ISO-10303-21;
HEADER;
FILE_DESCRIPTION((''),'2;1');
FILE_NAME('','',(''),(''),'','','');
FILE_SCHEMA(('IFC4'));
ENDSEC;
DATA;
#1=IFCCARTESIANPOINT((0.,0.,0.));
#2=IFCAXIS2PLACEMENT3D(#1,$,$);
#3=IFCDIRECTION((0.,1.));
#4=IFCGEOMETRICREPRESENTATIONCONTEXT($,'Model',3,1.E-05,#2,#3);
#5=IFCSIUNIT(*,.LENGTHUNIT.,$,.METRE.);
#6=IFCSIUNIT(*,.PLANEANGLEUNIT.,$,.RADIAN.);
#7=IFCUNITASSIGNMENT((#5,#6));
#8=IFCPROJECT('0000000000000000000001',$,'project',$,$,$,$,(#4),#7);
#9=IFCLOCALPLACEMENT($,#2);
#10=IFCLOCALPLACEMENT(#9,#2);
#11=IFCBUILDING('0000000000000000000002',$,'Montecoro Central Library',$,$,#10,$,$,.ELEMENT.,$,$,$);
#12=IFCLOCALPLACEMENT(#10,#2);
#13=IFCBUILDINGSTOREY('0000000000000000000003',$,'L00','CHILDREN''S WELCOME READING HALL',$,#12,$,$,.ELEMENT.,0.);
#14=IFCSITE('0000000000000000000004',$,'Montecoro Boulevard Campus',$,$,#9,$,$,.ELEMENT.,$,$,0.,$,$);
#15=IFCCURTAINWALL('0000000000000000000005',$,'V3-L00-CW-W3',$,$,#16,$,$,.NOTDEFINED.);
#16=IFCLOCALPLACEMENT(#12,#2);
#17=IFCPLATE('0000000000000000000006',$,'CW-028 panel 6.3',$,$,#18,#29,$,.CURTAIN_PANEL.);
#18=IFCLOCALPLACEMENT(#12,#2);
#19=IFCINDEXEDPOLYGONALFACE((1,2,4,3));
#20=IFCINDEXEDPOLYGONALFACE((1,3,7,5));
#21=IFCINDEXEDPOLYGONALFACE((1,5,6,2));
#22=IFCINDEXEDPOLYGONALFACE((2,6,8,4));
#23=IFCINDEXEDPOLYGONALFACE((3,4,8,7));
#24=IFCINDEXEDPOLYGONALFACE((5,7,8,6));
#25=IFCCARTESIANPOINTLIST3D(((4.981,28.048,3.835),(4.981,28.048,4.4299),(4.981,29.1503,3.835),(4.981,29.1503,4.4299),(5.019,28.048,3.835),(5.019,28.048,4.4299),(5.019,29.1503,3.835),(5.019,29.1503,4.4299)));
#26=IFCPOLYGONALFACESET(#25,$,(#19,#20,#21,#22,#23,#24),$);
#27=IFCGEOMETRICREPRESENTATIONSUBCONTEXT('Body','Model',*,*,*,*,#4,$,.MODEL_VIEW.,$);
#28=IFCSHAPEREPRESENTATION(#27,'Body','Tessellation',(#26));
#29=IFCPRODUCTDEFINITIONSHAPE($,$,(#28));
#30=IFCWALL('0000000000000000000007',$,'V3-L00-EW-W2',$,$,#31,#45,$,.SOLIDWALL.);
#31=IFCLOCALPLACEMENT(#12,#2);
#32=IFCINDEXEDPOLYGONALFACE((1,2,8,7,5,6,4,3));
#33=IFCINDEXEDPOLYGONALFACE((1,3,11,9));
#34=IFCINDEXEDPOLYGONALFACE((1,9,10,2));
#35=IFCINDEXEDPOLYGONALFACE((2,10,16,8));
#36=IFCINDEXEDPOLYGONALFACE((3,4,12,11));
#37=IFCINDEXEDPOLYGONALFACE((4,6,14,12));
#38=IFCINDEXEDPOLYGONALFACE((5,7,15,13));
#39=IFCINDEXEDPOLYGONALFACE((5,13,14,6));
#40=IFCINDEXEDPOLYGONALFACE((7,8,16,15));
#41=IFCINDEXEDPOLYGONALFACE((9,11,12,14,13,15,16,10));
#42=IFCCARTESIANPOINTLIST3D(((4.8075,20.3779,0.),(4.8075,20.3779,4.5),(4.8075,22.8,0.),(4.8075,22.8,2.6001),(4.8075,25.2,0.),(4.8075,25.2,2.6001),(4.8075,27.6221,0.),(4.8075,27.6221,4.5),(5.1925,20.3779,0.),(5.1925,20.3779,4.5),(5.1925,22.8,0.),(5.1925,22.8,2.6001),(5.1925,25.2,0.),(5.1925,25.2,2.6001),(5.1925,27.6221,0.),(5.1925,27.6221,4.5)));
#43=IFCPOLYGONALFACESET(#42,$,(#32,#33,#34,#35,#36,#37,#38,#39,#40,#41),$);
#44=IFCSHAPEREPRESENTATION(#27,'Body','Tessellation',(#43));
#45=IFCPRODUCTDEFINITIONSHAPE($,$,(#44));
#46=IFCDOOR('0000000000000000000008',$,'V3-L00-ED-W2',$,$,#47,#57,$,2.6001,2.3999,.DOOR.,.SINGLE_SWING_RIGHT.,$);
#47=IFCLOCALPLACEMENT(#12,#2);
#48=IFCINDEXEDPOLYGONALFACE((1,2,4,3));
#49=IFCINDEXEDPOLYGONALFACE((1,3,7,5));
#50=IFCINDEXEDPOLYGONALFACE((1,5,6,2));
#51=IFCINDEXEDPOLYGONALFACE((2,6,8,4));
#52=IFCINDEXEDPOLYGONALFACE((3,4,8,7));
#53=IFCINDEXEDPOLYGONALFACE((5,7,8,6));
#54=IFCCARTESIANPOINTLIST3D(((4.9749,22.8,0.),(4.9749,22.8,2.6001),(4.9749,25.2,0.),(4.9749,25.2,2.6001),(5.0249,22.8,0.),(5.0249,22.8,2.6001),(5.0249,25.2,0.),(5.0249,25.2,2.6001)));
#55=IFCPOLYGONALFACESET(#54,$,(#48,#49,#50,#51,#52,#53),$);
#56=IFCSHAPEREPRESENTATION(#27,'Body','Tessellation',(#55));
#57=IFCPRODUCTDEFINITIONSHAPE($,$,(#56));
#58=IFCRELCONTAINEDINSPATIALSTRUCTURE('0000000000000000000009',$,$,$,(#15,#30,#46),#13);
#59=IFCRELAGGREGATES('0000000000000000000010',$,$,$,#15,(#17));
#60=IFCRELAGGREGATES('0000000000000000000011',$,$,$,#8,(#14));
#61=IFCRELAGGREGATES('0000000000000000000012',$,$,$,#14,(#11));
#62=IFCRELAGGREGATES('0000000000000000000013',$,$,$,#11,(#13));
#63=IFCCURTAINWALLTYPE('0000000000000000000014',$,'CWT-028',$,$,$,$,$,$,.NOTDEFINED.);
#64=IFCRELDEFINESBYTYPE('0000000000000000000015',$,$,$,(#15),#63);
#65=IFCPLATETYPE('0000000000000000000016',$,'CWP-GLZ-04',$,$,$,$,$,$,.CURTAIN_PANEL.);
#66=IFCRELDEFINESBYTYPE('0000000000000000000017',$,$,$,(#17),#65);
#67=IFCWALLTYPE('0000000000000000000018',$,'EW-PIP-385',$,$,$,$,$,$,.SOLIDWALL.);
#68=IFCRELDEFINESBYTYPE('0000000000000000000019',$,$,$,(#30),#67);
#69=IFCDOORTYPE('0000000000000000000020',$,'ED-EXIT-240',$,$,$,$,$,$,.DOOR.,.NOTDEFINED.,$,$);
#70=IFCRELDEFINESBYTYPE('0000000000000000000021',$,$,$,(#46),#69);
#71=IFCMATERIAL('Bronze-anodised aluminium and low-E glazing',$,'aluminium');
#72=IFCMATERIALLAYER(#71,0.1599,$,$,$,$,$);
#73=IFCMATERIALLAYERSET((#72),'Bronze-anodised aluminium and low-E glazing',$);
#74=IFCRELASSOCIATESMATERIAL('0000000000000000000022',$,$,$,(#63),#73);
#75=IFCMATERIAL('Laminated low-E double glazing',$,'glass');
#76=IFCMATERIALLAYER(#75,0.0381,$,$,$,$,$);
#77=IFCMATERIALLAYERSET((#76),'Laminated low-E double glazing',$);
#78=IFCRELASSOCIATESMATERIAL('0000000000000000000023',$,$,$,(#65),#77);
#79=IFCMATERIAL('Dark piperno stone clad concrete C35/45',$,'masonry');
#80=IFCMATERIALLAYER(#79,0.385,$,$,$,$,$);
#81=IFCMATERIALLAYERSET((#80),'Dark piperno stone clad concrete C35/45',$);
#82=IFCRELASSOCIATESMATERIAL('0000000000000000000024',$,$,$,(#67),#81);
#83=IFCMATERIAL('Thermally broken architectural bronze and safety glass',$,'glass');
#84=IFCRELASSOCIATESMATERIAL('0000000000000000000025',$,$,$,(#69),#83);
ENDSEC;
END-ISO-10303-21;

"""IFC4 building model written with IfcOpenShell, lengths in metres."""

from ifc_helpers import new_model, si_unit, direction, frame, frame_2d, origin, origin_2d, place, context, subcontext, project, spatial, rectangle, extrude, material, layer, layer_set, type_object, element, fill, aggregate, save


model = new_model("IFC4")

# Units and contexts
model_context = context("Model", 3, precision=1e-05, world=origin(), true_north=direction((0.0, 1.0)))
body_context = subcontext(model_context, "Body", "Model", "MODEL_VIEW")
ifc_project = project(units=[si_unit("LENGTHUNIT", "METRE"), si_unit("PLANEANGLEUNIT", "RADIAN")], contexts=[model_context])

# Site, building, storey
site_placement = place(None, origin())
site = spatial("IfcSite", under=ifc_project, at=site_placement, Name="Montecoro Boulevard Campus", CompositionType="ELEMENT", RefElevation=0.0)
building_placement = place(site_placement, origin())
building = spatial("IfcBuilding", under=site, at=building_placement, Name="Montecoro Central Library", CompositionType="ELEMENT")
storey_placement = place(building_placement, origin())
storey = spatial("IfcBuildingStorey", under=building, at=storey_placement, Name="L00", Description="CHILDREN'S WELCOME READING HALL", CompositionType="ELEMENT", Elevation=0.0)

# Curtain wall, plate
ifc_material_1 = material(Name="Bronze-anodised aluminium and low-E glazing", Category="aluminium")
ifc_layer_1 = layer(ifc_material_1, 0.1599)
ifc_layer_set_1 = layer_set([ifc_layer_1], Name="Bronze-anodised aluminium and low-E glazing")
curtain_wall_type = type_object("IfcCurtainWallType", Name="CWT-028", PredefinedType="NOTDEFINED", material=ifc_layer_set_1)
curtain_wall_placement = place(storey_placement, origin())
curtain_wall = element("IfcCurtainWall", 1, at=curtain_wall_placement, inside=storey, type_object=curtain_wall_type, Name="V3-L00-CW-W3", PredefinedType="NOTDEFINED")
ifc_material_2 = material(Name="Laminated low-E double glazing", Category="glass")
ifc_layer_2 = layer(ifc_material_2, 0.0381)
ifc_layer_set_2 = layer_set([ifc_layer_2], Name="Laminated low-E double glazing")
plate_type = type_object("IfcPlateType", Name="CWP-GLZ-04", PredefinedType="CURTAIN_PANEL", material=ifc_layer_set_2)
plate_1_placement = place(storey_placement, frame((5.0, 28.5991, 3.835), z_axis=(0.0, 0.0, 1.0), x_axis=(0.0, -1.0, 0.0)))
plate_1 = element("IfcPlate", 2, at=plate_1_placement, type_object=plate_type, Name="CW-028 panel 6.3", PredefinedType="CURTAIN_PANEL", context=body_context, shape_type="SweptSolid", body=[
    extrude(rectangle(XDim=1.1023, YDim=0.0381, at=origin_2d()), origin(), (0.0, 0.0, 1.0), 0.595),
])
aggregate(curtain_wall, [plate_1])

# Wall, opening, door
ifc_material_3 = material(Name="Dark piperno stone clad concrete C35/45", Category="masonry")
ifc_layer_3 = layer(ifc_material_3, 0.385)
ifc_layer_set_3 = layer_set([ifc_layer_3], Name="Dark piperno stone clad concrete C35/45")
wall_type = type_object("IfcWallType", Name="EW-PIP-385", PredefinedType="SOLIDWALL", material=ifc_layer_set_3)
wall_placement = place(storey_placement, frame((5.0, 27.6221, 0.0), z_axis=(0.0, 0.0, 1.0), x_axis=(0.0, -1.0, 0.0)))
wall = element("IfcWall", 3, at=wall_placement, inside=storey, type_object=wall_type, Name="V3-L00-EW-W2", PredefinedType="SOLIDWALL", context=body_context, shape_type="SweptSolid", body=[
    extrude(rectangle(XDim=7.2441, YDim=0.385, at=frame_2d((3.6221, 0.0))), origin(), (0.0, 0.0, 1.0), 4.5),
])
opening_placement = place(wall_placement, frame((2.4221, 0.0, 0.0)))
opening = element("IfcOpeningElement", 4, at=opening_placement, cuts=wall, PredefinedType="OPENING", context=body_context, shape_type="SweptSolid", body=[
    extrude(rectangle(XDim=2.3999, YDim=2.6001, at=frame_2d((1.2, 1.3))), frame((0.0, 0.2024, 0.0), z_axis=(0.0, -1.0, 0.0), x_axis=(1.0, 0.0, 0.0)), (0.0, 0.0, 1.0), 0.405),
])
ifc_material_4 = material(Name="Thermally broken architectural bronze and safety glass", Category="glass")
door_type = type_object("IfcDoorType", Name="ED-EXIT-240", OperationType="NOTDEFINED", PredefinedType="DOOR", material=ifc_material_4)
door_placement = place(opening_placement, origin())
door = element("IfcDoor", 5, at=door_placement, inside=storey, type_object=door_type, Name="V3-L00-ED-W2", OperationType="SINGLE_SWING_RIGHT", OverallHeight=2.6001, OverallWidth=2.3999, PredefinedType="DOOR", context=body_context, shape_type="SweptSolid", body=[
    extrude(rectangle(XDim=2.3999, YDim=2.6001, at=frame_2d((1.2, 1.3))), frame((0.0, 0.0249, 0.0), z_axis=(0.0, -1.0, 0.0), x_axis=(1.0, 0.0, 0.0)), (0.0, 0.0, 1.0), 0.05),
])
fill(opening, door)

save(model, "model.ifc")
